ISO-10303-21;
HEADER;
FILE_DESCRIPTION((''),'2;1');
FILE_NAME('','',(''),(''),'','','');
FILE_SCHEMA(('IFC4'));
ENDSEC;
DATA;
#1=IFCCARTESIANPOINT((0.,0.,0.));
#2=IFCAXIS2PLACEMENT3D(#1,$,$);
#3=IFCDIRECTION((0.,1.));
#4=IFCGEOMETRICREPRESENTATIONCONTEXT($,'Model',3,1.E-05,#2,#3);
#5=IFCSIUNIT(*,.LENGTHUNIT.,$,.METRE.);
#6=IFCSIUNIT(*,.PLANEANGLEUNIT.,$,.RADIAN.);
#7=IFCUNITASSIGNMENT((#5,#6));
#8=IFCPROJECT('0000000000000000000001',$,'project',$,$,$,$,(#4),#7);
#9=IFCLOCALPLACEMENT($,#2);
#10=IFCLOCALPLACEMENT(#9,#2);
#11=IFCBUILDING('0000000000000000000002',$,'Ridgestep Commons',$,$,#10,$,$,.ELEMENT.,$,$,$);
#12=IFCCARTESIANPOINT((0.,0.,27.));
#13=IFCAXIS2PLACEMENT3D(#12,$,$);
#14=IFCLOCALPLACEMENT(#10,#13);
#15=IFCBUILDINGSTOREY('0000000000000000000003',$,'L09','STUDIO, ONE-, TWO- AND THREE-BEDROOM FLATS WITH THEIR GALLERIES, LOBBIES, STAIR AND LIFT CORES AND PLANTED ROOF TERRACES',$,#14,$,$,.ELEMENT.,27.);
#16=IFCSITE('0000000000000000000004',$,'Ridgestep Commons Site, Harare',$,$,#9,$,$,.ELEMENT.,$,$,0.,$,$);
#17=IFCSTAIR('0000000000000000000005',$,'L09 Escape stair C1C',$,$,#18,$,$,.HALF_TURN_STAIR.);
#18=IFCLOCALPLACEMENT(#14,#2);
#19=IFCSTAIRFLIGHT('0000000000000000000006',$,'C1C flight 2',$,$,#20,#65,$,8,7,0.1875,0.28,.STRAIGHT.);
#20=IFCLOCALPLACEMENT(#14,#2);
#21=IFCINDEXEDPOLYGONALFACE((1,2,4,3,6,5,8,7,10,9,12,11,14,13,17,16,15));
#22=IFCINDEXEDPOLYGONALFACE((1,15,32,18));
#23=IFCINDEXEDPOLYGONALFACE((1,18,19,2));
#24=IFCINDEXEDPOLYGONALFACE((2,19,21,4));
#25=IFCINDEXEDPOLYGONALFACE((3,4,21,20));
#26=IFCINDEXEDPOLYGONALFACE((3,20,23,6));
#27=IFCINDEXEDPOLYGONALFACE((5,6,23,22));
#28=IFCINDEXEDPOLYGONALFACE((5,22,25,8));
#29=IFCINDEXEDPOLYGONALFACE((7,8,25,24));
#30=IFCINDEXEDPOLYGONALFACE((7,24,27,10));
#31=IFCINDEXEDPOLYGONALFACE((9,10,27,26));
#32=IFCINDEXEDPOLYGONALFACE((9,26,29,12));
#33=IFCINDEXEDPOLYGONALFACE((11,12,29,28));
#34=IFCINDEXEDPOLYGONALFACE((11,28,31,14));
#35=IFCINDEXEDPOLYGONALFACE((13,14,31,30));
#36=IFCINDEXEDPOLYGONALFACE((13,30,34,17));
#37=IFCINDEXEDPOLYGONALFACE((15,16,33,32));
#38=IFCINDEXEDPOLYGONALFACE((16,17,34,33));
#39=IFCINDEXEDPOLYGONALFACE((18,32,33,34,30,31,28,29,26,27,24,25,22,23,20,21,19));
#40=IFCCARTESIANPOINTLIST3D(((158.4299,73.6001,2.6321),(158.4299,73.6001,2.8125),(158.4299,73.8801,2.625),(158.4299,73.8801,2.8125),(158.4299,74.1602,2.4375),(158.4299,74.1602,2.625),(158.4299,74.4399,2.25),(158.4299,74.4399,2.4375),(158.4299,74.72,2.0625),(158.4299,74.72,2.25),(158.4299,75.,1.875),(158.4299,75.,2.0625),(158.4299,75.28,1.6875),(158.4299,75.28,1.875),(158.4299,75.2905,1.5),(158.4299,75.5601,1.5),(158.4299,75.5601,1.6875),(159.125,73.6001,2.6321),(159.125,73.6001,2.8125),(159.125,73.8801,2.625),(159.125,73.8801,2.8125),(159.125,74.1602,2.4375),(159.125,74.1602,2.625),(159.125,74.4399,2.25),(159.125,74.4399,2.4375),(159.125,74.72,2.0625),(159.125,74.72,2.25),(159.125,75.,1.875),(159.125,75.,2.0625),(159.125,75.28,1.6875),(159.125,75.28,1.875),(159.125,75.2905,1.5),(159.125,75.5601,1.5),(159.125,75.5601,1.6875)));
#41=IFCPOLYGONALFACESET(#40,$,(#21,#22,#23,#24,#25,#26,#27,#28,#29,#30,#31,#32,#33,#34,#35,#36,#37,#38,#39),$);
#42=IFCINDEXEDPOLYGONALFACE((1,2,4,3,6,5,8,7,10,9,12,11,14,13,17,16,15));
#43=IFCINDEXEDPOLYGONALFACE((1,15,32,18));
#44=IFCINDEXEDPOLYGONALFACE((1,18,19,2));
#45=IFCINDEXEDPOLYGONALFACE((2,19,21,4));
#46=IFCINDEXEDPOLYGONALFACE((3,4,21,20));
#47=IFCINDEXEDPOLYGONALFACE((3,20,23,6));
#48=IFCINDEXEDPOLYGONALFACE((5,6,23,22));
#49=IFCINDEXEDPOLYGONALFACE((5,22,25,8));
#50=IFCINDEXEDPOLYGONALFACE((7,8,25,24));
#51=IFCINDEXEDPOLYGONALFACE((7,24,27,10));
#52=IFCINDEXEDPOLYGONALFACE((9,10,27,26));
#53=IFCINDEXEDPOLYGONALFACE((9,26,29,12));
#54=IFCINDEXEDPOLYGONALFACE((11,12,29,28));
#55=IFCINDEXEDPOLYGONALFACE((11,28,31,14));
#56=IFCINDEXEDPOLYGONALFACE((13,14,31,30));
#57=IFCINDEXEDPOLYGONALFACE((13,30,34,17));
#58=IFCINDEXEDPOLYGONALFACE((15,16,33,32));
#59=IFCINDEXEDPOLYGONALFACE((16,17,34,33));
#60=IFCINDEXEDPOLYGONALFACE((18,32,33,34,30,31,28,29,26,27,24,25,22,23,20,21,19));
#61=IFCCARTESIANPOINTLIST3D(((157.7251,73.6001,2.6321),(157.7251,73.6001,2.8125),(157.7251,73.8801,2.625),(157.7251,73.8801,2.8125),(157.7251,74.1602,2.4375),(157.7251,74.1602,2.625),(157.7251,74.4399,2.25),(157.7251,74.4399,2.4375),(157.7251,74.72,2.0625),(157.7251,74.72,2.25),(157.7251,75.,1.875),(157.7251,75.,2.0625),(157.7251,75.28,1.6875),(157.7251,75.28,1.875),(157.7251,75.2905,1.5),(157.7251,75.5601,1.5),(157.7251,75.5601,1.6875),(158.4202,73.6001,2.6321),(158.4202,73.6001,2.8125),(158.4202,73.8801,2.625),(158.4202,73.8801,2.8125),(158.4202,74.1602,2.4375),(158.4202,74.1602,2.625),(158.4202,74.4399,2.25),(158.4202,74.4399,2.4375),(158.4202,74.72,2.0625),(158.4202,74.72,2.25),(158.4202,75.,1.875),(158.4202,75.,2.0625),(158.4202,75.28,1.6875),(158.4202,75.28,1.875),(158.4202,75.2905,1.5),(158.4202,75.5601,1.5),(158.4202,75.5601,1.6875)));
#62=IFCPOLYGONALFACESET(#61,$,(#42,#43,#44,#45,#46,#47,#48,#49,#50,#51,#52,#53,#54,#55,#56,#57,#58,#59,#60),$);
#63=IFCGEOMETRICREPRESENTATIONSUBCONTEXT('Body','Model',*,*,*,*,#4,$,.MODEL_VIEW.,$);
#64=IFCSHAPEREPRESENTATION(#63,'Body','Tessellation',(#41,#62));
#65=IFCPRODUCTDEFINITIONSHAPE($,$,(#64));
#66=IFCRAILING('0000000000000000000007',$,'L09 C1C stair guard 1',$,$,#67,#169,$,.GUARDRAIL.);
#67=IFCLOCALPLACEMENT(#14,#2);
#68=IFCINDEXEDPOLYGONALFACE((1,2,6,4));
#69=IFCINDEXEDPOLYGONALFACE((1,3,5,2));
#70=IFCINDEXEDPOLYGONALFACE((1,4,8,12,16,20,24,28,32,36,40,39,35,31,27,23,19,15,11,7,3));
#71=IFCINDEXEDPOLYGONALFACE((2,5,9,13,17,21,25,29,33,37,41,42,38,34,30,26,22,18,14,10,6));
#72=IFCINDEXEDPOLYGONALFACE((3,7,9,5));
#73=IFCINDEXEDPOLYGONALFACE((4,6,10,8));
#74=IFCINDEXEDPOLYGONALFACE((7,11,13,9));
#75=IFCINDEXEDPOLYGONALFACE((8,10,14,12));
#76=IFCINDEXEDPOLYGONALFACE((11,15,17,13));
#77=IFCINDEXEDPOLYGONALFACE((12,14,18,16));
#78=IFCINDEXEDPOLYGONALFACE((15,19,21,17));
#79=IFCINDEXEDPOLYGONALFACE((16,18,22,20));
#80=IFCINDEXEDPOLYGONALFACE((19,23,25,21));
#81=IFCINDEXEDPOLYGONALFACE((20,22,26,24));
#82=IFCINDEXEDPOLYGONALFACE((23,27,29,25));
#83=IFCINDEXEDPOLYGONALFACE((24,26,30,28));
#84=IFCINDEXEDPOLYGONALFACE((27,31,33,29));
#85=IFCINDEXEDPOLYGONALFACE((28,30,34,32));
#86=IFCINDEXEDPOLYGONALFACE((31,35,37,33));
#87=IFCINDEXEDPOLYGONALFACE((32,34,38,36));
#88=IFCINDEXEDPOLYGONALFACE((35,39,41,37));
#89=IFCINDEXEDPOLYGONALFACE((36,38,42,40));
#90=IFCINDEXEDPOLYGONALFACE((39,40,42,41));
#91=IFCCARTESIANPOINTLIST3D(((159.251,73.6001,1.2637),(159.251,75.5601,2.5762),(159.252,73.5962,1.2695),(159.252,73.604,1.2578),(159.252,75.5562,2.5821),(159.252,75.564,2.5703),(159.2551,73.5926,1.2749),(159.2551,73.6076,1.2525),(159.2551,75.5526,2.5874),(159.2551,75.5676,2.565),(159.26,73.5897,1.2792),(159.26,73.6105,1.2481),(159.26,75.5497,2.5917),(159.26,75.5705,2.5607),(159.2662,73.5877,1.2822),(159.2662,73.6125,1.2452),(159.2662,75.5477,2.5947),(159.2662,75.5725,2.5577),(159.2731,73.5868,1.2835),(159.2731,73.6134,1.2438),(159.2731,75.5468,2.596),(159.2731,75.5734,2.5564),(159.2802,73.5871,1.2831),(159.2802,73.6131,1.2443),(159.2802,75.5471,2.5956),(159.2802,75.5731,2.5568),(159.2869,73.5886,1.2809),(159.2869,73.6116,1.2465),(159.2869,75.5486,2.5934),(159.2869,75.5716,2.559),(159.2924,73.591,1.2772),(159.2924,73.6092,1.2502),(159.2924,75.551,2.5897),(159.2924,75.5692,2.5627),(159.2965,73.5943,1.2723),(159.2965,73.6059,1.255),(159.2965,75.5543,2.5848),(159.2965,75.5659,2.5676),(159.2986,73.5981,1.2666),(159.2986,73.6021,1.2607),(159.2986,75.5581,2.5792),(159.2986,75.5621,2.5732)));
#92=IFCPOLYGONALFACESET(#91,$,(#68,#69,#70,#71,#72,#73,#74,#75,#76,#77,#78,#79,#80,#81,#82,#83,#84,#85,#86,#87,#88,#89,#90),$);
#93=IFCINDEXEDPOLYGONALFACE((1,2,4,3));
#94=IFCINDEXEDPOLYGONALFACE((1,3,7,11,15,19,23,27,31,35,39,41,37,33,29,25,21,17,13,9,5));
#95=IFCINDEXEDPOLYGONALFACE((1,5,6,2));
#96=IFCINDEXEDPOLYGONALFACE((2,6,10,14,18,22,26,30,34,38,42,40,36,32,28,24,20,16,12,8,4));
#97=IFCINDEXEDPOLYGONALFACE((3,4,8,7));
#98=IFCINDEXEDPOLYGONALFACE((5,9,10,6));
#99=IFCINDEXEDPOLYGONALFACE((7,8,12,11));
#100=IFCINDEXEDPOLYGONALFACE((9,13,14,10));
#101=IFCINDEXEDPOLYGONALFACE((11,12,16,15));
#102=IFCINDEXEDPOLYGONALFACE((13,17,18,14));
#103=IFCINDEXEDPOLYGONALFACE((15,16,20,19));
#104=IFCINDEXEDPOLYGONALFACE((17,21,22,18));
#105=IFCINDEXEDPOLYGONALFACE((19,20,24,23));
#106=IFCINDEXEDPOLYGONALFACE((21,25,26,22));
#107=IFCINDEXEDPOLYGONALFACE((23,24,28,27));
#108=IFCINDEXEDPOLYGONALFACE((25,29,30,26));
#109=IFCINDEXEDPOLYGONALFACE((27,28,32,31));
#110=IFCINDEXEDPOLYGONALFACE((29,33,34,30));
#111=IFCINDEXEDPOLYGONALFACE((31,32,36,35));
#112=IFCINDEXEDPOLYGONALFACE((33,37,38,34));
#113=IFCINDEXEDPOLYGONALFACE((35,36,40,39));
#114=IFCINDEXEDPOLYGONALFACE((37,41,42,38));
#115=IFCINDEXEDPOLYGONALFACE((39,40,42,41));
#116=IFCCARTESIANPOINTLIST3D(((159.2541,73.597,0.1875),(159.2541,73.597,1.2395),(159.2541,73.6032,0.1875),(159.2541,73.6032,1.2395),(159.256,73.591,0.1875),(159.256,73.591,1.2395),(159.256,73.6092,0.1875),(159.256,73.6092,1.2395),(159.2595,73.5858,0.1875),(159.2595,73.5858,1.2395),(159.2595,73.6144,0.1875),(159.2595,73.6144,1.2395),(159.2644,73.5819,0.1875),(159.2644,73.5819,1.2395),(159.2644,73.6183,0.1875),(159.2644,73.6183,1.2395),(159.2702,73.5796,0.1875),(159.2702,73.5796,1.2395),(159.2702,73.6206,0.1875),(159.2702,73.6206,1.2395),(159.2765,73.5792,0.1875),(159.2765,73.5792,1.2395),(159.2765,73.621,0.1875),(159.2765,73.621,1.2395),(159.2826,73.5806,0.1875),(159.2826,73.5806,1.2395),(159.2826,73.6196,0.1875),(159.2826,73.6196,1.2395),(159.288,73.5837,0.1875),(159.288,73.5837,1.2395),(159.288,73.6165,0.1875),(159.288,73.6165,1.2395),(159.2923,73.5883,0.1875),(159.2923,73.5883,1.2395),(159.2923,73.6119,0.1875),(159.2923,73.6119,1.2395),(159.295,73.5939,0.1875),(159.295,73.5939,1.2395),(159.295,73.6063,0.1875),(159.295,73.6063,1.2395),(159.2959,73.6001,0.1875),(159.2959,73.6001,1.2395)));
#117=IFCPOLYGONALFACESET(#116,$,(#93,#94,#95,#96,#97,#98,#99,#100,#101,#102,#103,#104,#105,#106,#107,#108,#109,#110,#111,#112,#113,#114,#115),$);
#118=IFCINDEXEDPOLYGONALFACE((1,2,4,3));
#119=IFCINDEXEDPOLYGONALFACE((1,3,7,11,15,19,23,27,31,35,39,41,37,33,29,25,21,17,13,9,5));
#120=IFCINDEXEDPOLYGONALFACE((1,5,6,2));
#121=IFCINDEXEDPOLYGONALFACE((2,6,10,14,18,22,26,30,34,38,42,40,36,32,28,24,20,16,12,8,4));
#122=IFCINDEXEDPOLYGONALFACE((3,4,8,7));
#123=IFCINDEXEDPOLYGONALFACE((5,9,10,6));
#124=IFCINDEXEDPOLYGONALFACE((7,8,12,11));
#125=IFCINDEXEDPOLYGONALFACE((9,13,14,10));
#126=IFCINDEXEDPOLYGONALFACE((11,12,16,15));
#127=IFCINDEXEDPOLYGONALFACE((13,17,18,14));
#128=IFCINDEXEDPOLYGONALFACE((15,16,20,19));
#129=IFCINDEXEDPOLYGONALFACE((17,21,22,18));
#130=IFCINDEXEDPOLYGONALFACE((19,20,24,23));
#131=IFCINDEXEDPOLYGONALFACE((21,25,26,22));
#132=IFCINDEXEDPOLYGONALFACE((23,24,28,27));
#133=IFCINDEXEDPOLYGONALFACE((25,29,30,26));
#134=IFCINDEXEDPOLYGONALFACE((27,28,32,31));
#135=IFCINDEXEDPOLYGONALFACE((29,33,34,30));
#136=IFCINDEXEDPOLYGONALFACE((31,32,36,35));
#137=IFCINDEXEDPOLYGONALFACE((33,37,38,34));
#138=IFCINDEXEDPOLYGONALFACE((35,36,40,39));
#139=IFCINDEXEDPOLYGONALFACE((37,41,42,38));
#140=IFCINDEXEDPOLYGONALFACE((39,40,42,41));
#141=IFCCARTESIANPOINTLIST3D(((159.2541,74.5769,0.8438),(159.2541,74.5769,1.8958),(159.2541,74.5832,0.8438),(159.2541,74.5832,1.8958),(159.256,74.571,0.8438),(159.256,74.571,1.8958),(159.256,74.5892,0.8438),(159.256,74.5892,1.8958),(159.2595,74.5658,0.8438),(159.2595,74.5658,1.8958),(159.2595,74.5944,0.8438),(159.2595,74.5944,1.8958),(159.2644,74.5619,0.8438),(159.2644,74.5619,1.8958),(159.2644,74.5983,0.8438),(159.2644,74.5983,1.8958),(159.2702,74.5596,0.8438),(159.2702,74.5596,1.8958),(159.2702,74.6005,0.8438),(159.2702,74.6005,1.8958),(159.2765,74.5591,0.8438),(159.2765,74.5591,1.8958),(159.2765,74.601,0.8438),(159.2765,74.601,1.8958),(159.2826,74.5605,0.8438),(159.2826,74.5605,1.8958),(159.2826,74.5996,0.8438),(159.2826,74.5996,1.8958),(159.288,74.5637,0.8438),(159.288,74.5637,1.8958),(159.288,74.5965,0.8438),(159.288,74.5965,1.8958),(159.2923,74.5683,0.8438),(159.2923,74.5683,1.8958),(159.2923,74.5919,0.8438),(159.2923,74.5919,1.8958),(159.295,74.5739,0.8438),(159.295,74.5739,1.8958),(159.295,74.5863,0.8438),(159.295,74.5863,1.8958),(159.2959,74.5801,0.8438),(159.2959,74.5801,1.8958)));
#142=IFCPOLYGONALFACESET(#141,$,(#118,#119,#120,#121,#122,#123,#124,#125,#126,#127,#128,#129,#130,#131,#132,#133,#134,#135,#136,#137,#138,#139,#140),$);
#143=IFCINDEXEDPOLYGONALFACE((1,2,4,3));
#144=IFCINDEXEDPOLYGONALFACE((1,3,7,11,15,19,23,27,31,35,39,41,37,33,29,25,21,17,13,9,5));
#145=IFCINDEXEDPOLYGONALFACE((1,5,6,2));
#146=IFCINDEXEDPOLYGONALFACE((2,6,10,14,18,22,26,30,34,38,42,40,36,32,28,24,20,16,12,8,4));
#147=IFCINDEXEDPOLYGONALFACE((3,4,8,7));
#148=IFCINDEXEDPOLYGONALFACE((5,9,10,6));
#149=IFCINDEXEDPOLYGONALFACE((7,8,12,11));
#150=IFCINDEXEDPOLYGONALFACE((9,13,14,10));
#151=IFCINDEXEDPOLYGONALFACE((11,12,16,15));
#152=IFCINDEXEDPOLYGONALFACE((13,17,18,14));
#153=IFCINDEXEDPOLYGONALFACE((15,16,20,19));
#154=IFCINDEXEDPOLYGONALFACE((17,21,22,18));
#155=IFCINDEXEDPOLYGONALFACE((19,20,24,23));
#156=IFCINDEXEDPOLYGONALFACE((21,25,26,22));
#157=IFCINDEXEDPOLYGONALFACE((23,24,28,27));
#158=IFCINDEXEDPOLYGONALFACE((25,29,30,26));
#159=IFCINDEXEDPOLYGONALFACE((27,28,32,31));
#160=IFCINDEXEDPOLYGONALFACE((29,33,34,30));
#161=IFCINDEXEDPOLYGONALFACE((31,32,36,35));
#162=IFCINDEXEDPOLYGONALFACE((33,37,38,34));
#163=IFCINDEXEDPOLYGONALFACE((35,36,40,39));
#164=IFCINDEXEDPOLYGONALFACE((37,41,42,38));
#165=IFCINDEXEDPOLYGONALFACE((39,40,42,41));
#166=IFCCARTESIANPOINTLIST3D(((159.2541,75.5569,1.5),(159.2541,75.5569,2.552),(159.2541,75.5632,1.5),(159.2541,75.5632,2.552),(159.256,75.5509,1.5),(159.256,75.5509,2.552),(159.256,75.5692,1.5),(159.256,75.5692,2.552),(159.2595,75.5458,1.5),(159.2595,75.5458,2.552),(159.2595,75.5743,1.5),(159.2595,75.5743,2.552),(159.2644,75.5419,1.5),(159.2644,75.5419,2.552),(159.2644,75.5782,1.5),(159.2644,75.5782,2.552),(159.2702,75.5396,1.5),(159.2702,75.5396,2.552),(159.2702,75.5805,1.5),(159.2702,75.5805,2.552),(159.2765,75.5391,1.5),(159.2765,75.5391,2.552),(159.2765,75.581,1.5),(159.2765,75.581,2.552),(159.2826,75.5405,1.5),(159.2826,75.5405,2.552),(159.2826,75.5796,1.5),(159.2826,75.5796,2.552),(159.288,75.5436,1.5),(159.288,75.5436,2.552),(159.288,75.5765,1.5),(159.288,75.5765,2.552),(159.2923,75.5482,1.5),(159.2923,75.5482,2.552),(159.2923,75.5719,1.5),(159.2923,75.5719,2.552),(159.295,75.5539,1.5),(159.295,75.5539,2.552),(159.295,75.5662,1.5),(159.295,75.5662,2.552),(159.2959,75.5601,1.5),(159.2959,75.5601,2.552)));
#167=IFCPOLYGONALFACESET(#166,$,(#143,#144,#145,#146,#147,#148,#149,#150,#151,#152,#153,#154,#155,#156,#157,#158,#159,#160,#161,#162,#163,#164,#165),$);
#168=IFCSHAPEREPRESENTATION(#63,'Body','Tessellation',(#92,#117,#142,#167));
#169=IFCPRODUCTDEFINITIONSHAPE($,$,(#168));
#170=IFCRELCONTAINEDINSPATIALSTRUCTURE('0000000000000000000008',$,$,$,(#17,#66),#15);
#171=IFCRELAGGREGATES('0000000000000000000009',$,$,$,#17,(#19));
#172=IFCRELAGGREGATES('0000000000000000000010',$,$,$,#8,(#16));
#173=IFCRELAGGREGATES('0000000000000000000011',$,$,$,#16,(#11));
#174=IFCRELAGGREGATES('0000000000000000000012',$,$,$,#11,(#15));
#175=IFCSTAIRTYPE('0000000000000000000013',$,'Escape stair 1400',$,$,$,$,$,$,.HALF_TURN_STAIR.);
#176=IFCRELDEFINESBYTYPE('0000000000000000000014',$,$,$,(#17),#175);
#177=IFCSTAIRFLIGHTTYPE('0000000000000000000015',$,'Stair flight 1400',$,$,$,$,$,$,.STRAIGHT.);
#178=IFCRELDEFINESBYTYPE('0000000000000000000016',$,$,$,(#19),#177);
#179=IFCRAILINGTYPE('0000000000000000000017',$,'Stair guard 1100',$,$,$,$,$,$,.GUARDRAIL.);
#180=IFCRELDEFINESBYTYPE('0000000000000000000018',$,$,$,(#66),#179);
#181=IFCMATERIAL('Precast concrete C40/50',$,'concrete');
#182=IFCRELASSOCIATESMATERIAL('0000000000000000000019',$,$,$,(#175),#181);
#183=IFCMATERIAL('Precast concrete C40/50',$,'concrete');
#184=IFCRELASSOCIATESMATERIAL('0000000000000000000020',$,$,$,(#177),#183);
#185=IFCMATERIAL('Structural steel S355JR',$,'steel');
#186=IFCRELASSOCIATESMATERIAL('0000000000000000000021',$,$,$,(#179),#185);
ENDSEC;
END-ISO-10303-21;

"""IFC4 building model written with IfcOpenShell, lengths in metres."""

from ifc_helpers import new_model, si_unit, direction, frame, origin, origin_2d, place, context, subcontext, project, spatial, polyline, circle, outline, extrude, material, type_object, element, aggregate, save


model = new_model("IFC4")

# Units and contexts
model_context = context("Model", 3, precision=1e-05, world=origin(), true_north=direction((0.0, 1.0)))
body_context = subcontext(model_context, "Body", "Model", "MODEL_VIEW")
ifc_project = project(units=[si_unit("LENGTHUNIT", "METRE"), si_unit("PLANEANGLEUNIT", "RADIAN")], contexts=[model_context])

# Site, building, storey
site_placement = place(None, origin())
site = spatial("IfcSite", under=ifc_project, at=site_placement, Name="Ridgestep Commons Site, Harare", CompositionType="ELEMENT", RefElevation=0.0)
building_placement = place(site_placement, origin())
building = spatial("IfcBuilding", under=site, at=building_placement, Name="Ridgestep Commons", CompositionType="ELEMENT")
storey_placement = place(building_placement, frame((0.0, 0.0, 27.0)))
storey = spatial("IfcBuildingStorey", under=building, at=storey_placement, Name="L09", Description="STUDIO, ONE-, TWO- AND THREE-BEDROOM FLATS WITH THEIR GALLERIES, LOBBIES, STAIR AND LIFT CORES AND PLANTED ROOF TERRACES", CompositionType="ELEMENT", Elevation=27.0)

# Stair, stair flight
ifc_material_1 = material(Name="Precast concrete C40/50", Category="concrete")
stair_type = type_object("IfcStairType", Name="Escape stair 1400", PredefinedType="HALF_TURN_STAIR", material=ifc_material_1)
stair_placement = place(storey_placement, origin())
stair = element("IfcStair", 1, at=stair_placement, inside=storey, type_object=stair_type, Name="L09 Escape stair C1C", PredefinedType="HALF_TURN_STAIR")
ifc_material_2 = material(Name="Precast concrete C40/50", Category="concrete")
stair_flight_type = type_object("IfcStairFlightType", Name="Stair flight 1400", PredefinedType="STRAIGHT", material=ifc_material_2)
stair_flight_1_placement = place(storey_placement, frame((158.425, 75.5601, 1.5), z_axis=(0.0, 0.0, 1.0), x_axis=(0.0, -1.0, 0.0)))
stair_flight_1 = element("IfcStairFlight", 2, at=stair_flight_1_placement, type_object=stair_flight_type, Name="C1C flight 2", NumberOfRisers=8, NumberOfTreads=7, PredefinedType="STRAIGHT", RiserHeight=0.1875, TreadLength=0.28, context=body_context, shape_type="SweptSolid", body=[
    extrude(outline(polyline([(0.0, 0.0), (0.0, 0.1875), (0.28, 0.1875), (0.28, 0.375), (0.5601, 0.375), (0.5601, 0.5625), (0.8401, 0.5625), (0.8401, 0.75), (1.1201, 0.75), (1.1201, 0.9375), (1.3999, 0.9375), (1.3999, 1.125), (1.6799, 1.125), (1.6799, 1.3125), (1.96, 1.3125), (1.96, 1.5), (1.96, 1.1321), (0.2695, 0.0), (0.0, 0.0)])), frame((0.0, 0.7, 0.0), z_axis=(0.0, -1.0, 0.0), x_axis=(1.0, 0.0, 0.0)), (0.0, 0.0, 1.0), 0.6951),
    extrude(outline(polyline([(0.0, 0.0), (0.0, 0.1875), (0.28, 0.1875), (0.28, 0.375), (0.5601, 0.375), (0.5601, 0.5625), (0.8401, 0.5625), (0.8401, 0.75), (1.1201, 0.75), (1.1201, 0.9375), (1.3999, 0.9375), (1.3999, 1.125), (1.6799, 1.125), (1.6799, 1.3125), (1.96, 1.3125), (1.96, 1.5), (1.96, 1.1321), (0.2695, 0.0), (0.0, 0.0)])), frame((0.0, -0.0049, 0.0), z_axis=(0.0, -1.0, 0.0), x_axis=(1.0, 0.0, 0.0)), (0.0, 0.0, 1.0), 0.6951),
])
aggregate(stair, [stair_flight_1])

# Railing
ifc_material_3 = material(Name="Structural steel S355JR", Category="steel")
railing_type_1 = type_object("IfcRailingType", Name="Stair guard 1100", PredefinedType="GUARDRAIL", material=ifc_material_3)
railing_1_placement = place(storey_placement, frame((159.2749, 73.6001, 0.1875)))
element("IfcRailing", 3, at=railing_1_placement, inside=storey, type_object=railing_type_1, Name="L09 C1C stair guard 1", PredefinedType="GUARDRAIL", context=body_context, shape_type="SweptSolid", body=[
    extrude(circle(Radius=0.0239, at=origin_2d()), frame((0.0, 0.0, 1.0762), z_axis=(0.0, 0.830902, 0.556419), x_axis=(-1.0, 0.0, 0.0)), (0.0, 0.0, 1.0), 2.3589),
    extrude(circle(Radius=0.021, at=origin_2d()), origin(), (0.0, 0.0, 1.0), 1.052),
    extrude(circle(Radius=0.021, at=origin_2d()), frame((0.0, 0.98, 0.6562)), (0.0, 0.0, 1.0), 1.052),
    extrude(circle(Radius=0.021, at=origin_2d()), frame((0.0, 1.96, 1.3125)), (0.0, 0.0, 1.0), 1.052),
])

save(model, "model.ifc")
